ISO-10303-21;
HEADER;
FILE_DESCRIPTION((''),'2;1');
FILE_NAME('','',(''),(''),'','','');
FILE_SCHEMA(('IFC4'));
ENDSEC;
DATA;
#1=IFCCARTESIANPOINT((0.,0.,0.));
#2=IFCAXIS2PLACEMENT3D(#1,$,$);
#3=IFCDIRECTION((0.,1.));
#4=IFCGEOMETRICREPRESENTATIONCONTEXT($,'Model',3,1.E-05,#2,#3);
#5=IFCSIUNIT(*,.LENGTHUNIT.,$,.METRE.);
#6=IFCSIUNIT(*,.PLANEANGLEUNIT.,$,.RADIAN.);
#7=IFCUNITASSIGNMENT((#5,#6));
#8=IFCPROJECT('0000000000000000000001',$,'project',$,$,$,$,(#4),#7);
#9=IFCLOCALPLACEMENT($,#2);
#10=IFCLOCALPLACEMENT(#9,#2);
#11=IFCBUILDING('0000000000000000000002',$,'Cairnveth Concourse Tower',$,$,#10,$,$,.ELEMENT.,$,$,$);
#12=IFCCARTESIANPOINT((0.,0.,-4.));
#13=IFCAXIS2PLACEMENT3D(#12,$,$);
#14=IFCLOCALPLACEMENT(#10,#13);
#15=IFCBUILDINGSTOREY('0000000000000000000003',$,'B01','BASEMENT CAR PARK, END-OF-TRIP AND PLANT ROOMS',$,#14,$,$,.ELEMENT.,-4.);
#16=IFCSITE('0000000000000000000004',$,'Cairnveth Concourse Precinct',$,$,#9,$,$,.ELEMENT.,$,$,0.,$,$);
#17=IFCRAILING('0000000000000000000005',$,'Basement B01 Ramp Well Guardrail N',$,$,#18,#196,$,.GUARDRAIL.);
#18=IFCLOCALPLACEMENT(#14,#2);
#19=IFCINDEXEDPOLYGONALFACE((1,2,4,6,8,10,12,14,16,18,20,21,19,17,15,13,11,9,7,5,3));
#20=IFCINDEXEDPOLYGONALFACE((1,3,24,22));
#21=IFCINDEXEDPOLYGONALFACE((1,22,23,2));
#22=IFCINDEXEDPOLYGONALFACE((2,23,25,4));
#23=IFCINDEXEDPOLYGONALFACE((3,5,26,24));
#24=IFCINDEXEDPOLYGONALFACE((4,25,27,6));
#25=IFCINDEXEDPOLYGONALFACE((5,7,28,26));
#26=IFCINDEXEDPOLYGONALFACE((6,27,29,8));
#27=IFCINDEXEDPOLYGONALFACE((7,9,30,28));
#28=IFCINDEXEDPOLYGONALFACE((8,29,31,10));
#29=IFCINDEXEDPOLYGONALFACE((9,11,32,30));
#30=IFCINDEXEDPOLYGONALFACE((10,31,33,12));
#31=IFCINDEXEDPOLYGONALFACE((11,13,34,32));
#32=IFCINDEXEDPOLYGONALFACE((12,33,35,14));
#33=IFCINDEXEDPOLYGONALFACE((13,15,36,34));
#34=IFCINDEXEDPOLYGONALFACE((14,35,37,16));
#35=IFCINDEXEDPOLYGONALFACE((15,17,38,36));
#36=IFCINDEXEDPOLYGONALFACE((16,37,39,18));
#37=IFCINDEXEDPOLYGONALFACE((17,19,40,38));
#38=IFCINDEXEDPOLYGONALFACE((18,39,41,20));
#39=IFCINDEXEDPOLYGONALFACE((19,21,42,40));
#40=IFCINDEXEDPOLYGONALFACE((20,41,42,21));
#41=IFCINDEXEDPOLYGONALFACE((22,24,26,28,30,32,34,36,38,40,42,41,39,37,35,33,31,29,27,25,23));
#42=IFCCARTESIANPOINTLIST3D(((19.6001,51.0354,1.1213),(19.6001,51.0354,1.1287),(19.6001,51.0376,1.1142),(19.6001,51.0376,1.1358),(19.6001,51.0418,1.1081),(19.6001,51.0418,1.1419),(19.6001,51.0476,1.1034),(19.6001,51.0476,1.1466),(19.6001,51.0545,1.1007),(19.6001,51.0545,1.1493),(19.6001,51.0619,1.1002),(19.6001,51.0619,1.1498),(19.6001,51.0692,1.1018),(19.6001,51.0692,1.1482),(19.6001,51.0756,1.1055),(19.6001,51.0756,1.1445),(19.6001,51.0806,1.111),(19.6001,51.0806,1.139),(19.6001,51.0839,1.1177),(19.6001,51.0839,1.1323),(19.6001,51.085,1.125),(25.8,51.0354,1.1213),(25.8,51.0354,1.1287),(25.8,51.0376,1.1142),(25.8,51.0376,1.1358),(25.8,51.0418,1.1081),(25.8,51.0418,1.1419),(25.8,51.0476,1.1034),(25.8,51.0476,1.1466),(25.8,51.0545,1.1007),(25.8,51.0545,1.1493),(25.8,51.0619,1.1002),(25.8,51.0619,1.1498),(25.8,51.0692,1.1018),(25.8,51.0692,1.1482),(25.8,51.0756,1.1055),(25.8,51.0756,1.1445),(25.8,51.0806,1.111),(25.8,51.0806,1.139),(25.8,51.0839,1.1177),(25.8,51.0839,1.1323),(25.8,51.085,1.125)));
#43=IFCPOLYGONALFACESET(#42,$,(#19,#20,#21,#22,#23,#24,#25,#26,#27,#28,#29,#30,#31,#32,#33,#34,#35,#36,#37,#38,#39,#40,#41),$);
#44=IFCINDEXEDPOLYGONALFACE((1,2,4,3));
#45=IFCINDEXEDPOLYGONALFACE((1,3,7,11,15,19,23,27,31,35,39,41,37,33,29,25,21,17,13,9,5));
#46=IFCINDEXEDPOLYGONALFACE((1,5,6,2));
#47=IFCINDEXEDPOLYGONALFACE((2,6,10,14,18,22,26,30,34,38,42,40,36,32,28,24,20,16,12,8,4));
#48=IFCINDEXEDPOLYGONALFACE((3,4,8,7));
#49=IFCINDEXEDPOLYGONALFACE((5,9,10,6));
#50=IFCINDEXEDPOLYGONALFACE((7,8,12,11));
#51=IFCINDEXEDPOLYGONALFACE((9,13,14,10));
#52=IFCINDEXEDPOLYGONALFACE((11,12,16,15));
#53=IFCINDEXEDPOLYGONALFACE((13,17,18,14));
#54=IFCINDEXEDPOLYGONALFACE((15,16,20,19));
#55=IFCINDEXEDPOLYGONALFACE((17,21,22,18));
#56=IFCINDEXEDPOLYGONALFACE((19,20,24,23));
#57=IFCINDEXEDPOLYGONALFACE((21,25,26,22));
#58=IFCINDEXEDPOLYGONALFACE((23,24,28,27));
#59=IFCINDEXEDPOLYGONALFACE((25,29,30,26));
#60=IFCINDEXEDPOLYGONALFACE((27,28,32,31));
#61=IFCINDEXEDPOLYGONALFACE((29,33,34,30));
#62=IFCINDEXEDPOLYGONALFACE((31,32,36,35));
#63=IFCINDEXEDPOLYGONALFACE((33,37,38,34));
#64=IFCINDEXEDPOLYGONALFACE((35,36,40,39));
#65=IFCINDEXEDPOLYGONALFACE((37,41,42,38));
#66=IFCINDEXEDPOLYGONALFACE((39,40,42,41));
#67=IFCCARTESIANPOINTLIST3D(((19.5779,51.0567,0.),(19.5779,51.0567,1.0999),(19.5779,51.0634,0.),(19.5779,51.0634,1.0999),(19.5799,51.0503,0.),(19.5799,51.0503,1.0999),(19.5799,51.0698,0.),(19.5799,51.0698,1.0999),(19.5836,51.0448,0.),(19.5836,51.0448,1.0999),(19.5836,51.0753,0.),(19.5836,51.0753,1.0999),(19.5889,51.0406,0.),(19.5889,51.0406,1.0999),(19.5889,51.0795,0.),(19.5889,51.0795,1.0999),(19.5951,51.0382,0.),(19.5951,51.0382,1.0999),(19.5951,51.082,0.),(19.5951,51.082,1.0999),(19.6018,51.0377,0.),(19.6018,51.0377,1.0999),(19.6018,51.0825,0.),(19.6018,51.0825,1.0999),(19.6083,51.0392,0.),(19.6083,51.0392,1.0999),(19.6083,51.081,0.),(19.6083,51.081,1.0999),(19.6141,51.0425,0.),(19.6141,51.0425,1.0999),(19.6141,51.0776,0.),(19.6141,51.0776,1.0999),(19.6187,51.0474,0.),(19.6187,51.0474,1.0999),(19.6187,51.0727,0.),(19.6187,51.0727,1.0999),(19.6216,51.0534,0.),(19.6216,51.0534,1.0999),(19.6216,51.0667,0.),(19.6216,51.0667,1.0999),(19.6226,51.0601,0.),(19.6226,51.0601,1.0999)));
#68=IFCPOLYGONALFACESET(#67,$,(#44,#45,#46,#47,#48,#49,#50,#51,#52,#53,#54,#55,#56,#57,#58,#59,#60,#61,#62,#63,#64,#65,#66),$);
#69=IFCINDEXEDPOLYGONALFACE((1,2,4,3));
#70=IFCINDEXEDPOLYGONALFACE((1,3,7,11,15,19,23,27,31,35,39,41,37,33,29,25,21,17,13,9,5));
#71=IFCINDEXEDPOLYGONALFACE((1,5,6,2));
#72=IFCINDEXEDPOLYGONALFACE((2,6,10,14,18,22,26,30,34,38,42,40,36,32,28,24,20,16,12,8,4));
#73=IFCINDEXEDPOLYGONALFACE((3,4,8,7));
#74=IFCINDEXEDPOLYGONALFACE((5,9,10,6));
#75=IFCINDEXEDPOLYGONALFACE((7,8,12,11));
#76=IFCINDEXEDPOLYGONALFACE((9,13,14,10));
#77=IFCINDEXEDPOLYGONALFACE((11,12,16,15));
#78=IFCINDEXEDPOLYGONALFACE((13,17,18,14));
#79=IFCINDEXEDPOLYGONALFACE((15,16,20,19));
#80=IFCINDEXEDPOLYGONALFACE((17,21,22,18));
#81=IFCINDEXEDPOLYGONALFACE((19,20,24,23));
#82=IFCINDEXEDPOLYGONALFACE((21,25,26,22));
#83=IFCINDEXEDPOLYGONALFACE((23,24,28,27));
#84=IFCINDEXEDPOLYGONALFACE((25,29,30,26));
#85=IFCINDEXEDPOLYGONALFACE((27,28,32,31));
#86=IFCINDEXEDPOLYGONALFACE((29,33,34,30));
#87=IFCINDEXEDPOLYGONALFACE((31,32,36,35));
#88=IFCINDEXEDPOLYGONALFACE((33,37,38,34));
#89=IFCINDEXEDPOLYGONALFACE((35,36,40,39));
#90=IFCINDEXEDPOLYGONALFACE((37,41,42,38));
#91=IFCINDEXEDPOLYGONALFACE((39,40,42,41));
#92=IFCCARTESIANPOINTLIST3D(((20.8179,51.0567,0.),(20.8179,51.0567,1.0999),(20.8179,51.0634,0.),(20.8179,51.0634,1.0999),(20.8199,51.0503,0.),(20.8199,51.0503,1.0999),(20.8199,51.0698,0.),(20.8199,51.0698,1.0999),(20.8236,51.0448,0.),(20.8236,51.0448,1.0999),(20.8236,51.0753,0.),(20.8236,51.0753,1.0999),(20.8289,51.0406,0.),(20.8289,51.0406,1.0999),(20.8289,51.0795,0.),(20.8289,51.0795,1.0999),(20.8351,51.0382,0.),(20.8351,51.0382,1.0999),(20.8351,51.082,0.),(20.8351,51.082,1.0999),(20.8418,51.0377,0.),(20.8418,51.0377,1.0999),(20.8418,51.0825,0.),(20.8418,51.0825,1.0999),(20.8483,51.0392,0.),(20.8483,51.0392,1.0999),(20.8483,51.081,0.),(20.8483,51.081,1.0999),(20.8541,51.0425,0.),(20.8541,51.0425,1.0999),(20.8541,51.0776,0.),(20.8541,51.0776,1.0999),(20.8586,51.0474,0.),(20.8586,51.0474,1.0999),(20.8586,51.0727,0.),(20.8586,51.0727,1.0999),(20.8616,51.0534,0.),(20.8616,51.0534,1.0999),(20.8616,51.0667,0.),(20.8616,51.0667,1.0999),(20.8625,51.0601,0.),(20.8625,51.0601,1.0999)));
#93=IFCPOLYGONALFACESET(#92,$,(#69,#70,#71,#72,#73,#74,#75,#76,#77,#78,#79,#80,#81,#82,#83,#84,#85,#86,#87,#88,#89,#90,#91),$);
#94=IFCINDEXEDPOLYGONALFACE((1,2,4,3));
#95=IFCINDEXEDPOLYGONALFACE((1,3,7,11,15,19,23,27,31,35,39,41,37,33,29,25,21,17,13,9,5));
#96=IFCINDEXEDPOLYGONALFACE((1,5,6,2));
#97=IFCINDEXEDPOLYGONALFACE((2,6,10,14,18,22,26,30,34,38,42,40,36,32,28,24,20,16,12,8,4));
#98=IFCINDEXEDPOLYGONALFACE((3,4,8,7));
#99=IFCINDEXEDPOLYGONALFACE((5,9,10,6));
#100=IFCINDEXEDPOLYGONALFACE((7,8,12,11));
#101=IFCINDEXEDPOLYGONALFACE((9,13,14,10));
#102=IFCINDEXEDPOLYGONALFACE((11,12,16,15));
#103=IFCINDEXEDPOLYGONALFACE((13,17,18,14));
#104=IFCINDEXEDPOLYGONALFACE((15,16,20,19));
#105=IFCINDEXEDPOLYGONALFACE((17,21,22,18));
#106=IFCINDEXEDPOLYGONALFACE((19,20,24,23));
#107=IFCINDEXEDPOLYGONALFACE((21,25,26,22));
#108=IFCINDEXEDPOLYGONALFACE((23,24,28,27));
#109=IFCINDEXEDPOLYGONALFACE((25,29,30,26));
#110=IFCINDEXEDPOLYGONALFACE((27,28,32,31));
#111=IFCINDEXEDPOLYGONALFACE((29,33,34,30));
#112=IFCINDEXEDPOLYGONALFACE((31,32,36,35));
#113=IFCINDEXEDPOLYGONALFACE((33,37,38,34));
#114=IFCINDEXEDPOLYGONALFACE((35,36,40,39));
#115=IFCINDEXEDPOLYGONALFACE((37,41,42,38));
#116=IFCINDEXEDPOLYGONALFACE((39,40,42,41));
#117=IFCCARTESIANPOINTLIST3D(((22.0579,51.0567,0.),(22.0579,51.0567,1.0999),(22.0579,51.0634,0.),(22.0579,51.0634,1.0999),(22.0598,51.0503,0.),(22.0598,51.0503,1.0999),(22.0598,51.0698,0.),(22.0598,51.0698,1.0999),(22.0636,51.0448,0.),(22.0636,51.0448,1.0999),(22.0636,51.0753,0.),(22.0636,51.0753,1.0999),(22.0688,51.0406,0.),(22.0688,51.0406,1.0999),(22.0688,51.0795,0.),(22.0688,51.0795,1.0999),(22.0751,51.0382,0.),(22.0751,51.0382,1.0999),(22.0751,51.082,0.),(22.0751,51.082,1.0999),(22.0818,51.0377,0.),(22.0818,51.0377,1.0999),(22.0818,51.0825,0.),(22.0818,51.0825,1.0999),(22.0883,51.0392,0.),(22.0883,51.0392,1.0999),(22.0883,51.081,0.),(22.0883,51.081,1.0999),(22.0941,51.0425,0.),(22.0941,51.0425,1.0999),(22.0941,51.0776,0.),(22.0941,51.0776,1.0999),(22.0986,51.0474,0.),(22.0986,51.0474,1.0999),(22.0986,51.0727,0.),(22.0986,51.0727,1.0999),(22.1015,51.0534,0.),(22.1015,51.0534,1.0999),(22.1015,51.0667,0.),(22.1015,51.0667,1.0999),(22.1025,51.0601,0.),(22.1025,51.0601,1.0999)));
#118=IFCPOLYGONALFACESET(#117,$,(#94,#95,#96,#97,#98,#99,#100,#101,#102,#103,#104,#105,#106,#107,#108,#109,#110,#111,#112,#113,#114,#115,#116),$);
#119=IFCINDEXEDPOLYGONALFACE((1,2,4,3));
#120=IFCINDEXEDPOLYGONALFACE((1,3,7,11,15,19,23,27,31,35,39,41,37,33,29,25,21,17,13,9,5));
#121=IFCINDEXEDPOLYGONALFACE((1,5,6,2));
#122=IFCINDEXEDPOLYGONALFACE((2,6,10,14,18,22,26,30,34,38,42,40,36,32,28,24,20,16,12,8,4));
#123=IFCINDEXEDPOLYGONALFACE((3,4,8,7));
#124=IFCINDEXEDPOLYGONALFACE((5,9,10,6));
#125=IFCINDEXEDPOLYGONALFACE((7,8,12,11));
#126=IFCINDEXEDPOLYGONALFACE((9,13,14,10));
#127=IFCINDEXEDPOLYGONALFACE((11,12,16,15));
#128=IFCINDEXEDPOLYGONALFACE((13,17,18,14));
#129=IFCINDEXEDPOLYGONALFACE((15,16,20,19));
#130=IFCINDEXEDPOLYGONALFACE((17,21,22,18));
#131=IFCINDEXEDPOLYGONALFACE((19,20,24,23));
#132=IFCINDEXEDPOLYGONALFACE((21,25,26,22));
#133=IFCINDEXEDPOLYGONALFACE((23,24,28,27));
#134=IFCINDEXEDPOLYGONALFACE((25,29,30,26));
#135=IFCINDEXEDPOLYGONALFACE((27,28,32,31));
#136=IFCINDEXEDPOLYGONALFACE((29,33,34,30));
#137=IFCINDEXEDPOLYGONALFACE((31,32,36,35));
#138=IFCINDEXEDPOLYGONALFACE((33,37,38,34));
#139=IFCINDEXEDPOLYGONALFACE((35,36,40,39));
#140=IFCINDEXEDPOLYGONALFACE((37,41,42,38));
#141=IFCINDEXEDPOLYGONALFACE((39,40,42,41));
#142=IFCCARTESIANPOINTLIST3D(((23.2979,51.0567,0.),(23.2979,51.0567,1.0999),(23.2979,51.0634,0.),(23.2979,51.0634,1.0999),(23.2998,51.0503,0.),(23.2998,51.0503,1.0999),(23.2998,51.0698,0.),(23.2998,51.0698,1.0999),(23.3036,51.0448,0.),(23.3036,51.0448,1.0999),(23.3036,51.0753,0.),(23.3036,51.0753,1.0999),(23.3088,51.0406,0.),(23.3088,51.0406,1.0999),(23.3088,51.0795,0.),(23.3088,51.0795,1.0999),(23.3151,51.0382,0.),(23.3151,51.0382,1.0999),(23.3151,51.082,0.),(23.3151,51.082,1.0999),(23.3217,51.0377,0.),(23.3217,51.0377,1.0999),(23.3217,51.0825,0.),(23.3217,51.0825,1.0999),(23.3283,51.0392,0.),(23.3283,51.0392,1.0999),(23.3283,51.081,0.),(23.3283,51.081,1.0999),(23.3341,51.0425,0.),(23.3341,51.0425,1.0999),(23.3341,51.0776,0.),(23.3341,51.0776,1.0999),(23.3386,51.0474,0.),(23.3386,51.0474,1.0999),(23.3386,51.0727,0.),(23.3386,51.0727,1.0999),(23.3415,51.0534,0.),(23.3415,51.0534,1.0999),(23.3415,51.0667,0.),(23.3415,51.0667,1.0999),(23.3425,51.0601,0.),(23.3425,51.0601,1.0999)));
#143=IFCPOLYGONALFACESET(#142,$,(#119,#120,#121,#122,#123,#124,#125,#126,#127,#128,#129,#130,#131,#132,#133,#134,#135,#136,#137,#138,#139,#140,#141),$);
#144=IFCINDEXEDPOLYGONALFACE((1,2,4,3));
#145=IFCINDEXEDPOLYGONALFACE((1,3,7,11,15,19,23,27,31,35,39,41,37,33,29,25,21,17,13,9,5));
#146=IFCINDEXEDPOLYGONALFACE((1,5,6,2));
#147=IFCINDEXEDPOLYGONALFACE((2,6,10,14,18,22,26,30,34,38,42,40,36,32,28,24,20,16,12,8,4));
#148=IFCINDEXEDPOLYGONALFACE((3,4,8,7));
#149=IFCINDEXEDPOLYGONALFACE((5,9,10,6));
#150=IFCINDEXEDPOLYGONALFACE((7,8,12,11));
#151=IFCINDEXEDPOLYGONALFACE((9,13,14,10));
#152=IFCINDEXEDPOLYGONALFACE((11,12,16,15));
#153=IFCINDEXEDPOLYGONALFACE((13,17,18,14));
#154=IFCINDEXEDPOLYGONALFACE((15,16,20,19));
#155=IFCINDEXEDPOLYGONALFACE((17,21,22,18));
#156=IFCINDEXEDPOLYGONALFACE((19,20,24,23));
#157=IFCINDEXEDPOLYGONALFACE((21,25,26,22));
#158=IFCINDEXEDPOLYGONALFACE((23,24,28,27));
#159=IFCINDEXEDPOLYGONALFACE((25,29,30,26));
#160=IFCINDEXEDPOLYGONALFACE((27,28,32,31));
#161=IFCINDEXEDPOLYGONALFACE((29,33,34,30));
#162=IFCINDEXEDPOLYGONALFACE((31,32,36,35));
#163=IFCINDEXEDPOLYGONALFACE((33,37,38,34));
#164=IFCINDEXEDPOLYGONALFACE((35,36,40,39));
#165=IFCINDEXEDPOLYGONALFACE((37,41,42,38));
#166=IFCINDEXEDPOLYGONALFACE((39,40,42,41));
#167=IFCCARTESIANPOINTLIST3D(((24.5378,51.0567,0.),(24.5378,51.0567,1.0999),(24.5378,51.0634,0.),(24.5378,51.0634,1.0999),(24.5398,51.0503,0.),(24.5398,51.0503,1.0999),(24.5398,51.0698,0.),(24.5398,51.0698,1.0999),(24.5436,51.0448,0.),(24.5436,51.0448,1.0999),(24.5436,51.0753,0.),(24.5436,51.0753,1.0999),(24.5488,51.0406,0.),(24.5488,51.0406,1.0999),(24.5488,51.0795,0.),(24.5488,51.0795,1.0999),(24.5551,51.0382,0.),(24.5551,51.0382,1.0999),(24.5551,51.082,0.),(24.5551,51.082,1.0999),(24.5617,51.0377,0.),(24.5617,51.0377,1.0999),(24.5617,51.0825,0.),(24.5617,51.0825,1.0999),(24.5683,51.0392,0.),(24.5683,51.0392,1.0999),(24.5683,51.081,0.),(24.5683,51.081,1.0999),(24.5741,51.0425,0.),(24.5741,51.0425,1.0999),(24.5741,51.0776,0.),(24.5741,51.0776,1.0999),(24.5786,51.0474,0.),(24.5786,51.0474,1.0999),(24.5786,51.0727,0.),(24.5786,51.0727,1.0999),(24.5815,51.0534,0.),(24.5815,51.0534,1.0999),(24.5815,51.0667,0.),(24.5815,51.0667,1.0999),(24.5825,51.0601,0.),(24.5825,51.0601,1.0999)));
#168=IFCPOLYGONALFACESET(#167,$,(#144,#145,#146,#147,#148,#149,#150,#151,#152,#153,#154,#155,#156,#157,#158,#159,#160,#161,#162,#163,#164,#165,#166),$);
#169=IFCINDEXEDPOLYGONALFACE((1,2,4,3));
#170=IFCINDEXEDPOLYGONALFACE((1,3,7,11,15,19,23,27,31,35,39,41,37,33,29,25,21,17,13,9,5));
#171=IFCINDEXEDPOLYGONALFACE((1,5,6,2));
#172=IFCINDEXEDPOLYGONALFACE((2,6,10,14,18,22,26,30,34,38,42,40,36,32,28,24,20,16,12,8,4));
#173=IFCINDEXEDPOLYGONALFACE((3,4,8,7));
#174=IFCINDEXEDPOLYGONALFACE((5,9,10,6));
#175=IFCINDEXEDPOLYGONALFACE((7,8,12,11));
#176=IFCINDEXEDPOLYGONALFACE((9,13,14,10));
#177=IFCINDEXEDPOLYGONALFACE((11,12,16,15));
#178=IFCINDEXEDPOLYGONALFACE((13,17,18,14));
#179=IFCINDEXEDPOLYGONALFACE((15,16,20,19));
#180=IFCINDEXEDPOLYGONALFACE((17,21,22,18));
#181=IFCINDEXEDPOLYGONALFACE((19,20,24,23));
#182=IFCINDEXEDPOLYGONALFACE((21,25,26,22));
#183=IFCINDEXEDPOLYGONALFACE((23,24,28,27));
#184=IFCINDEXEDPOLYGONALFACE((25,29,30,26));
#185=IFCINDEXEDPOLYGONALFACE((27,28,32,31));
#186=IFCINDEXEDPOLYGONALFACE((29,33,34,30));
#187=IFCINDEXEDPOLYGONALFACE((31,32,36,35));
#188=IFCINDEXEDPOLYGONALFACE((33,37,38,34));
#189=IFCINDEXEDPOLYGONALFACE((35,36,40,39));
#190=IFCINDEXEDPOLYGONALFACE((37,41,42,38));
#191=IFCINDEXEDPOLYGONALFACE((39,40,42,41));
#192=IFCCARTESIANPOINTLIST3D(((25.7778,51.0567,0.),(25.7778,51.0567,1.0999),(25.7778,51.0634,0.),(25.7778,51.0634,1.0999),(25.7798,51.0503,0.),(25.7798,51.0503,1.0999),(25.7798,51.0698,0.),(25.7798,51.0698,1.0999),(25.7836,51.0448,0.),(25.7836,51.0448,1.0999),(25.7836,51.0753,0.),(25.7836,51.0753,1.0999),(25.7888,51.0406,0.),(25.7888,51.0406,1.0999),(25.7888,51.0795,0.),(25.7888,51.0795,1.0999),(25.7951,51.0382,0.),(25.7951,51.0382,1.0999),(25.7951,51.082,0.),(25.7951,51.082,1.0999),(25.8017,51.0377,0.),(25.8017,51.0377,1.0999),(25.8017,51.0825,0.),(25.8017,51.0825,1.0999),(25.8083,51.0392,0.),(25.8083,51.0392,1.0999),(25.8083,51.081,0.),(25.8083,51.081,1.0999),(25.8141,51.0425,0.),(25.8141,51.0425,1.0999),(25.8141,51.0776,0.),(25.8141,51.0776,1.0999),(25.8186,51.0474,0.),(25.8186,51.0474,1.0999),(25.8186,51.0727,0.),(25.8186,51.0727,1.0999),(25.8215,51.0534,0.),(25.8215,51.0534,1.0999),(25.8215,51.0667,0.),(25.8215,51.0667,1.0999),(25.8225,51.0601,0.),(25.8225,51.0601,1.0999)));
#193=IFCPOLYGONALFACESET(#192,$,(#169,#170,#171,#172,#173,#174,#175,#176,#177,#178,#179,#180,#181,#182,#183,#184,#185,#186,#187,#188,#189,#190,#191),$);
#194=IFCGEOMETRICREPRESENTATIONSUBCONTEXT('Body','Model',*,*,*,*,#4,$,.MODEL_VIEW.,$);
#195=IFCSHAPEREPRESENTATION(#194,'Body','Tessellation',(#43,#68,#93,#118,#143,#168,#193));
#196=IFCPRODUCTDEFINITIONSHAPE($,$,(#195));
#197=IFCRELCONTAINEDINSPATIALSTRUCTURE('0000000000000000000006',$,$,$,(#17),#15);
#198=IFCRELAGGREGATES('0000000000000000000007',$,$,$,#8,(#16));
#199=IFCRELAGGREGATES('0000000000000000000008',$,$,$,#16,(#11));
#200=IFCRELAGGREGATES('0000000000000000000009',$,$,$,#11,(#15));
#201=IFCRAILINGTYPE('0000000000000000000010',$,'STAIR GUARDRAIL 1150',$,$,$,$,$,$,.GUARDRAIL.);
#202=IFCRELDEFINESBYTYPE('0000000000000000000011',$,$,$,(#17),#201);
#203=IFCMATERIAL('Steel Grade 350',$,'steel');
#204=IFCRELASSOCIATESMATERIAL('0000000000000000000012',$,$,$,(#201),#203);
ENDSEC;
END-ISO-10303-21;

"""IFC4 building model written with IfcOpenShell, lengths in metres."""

from ifc_helpers import new_model, si_unit, direction, frame, origin, origin_2d, place, context, subcontext, project, spatial, circle, extrude, material, type_object, element, save


model = new_model("IFC4")

# Units and contexts
model_context = context("Model", 3, precision=1e-05, world=origin(), true_north=direction((0.0, 1.0)))
body_context = subcontext(model_context, "Body", "Model", "MODEL_VIEW")
ifc_project = project(units=[si_unit("LENGTHUNIT", "METRE"), si_unit("PLANEANGLEUNIT", "RADIAN")], contexts=[model_context])

# Site, building, storey
site_placement = place(None, origin())
site = spatial("IfcSite", under=ifc_project, at=site_placement, Name="Cairnveth Concourse Precinct", CompositionType="ELEMENT", RefElevation=0.0)
building_placement = place(site_placement, origin())
building = spatial("IfcBuilding", under=site, at=building_placement, Name="Cairnveth Concourse Tower", CompositionType="ELEMENT")
storey_placement = place(building_placement, frame((0.0, 0.0, -4.0)))
storey = spatial("IfcBuildingStorey", under=building, at=storey_placement, Name="B01", Description="BASEMENT CAR PARK, END-OF-TRIP AND PLANT ROOMS", CompositionType="ELEMENT", Elevation=-4.0)

# Shared definitions
ifc_material_1 = material(Name="Steel Grade 350", Category="steel")

# Railing
railing_type = type_object("IfcRailingType", Name="STAIR GUARDRAIL 1150", PredefinedType="GUARDRAIL", material=ifc_material_1)
railing_1_placement = place(storey_placement, frame((19.6001, 51.0601, 0.0)))
element("IfcRailing", 1, at=railing_1_placement, inside=storey, type_object=railing_type, Name="Basement B01 Ramp Well Guardrail N", PredefinedType="GUARDRAIL", context=body_context, shape_type="SweptSolid", body=[
    extrude(circle(Radius=0.0249, at=origin_2d()), frame((0.0, 0.0, 1.125), z_axis=(1.0, 0.0, 0.0), x_axis=(0.0, 1.0, 0.0)), (0.0, 0.0, 1.0), 6.2),
    extrude(circle(Radius=0.0225, at=origin_2d()), origin(), (0.0, 0.0, 1.0), 1.0999),
    extrude(circle(Radius=0.0225, at=origin_2d()), frame((1.24, 0.0, 0.0)), (0.0, 0.0, 1.0), 1.0999),
    extrude(circle(Radius=0.0225, at=origin_2d()), frame((2.48, 0.0, 0.0)), (0.0, 0.0, 1.0), 1.0999),
    extrude(circle(Radius=0.0225, at=origin_2d()), frame((3.72, 0.0, 0.0)), (0.0, 0.0, 1.0), 1.0999),
    extrude(circle(Radius=0.0225, at=origin_2d()), frame((4.96, 0.0, 0.0)), (0.0, 0.0, 1.0), 1.0999),
    extrude(circle(Radius=0.0225, at=origin_2d()), frame((6.2, 0.0, 0.0)), (0.0, 0.0, 1.0), 1.0999),
])

save(model, "model.ifc")
